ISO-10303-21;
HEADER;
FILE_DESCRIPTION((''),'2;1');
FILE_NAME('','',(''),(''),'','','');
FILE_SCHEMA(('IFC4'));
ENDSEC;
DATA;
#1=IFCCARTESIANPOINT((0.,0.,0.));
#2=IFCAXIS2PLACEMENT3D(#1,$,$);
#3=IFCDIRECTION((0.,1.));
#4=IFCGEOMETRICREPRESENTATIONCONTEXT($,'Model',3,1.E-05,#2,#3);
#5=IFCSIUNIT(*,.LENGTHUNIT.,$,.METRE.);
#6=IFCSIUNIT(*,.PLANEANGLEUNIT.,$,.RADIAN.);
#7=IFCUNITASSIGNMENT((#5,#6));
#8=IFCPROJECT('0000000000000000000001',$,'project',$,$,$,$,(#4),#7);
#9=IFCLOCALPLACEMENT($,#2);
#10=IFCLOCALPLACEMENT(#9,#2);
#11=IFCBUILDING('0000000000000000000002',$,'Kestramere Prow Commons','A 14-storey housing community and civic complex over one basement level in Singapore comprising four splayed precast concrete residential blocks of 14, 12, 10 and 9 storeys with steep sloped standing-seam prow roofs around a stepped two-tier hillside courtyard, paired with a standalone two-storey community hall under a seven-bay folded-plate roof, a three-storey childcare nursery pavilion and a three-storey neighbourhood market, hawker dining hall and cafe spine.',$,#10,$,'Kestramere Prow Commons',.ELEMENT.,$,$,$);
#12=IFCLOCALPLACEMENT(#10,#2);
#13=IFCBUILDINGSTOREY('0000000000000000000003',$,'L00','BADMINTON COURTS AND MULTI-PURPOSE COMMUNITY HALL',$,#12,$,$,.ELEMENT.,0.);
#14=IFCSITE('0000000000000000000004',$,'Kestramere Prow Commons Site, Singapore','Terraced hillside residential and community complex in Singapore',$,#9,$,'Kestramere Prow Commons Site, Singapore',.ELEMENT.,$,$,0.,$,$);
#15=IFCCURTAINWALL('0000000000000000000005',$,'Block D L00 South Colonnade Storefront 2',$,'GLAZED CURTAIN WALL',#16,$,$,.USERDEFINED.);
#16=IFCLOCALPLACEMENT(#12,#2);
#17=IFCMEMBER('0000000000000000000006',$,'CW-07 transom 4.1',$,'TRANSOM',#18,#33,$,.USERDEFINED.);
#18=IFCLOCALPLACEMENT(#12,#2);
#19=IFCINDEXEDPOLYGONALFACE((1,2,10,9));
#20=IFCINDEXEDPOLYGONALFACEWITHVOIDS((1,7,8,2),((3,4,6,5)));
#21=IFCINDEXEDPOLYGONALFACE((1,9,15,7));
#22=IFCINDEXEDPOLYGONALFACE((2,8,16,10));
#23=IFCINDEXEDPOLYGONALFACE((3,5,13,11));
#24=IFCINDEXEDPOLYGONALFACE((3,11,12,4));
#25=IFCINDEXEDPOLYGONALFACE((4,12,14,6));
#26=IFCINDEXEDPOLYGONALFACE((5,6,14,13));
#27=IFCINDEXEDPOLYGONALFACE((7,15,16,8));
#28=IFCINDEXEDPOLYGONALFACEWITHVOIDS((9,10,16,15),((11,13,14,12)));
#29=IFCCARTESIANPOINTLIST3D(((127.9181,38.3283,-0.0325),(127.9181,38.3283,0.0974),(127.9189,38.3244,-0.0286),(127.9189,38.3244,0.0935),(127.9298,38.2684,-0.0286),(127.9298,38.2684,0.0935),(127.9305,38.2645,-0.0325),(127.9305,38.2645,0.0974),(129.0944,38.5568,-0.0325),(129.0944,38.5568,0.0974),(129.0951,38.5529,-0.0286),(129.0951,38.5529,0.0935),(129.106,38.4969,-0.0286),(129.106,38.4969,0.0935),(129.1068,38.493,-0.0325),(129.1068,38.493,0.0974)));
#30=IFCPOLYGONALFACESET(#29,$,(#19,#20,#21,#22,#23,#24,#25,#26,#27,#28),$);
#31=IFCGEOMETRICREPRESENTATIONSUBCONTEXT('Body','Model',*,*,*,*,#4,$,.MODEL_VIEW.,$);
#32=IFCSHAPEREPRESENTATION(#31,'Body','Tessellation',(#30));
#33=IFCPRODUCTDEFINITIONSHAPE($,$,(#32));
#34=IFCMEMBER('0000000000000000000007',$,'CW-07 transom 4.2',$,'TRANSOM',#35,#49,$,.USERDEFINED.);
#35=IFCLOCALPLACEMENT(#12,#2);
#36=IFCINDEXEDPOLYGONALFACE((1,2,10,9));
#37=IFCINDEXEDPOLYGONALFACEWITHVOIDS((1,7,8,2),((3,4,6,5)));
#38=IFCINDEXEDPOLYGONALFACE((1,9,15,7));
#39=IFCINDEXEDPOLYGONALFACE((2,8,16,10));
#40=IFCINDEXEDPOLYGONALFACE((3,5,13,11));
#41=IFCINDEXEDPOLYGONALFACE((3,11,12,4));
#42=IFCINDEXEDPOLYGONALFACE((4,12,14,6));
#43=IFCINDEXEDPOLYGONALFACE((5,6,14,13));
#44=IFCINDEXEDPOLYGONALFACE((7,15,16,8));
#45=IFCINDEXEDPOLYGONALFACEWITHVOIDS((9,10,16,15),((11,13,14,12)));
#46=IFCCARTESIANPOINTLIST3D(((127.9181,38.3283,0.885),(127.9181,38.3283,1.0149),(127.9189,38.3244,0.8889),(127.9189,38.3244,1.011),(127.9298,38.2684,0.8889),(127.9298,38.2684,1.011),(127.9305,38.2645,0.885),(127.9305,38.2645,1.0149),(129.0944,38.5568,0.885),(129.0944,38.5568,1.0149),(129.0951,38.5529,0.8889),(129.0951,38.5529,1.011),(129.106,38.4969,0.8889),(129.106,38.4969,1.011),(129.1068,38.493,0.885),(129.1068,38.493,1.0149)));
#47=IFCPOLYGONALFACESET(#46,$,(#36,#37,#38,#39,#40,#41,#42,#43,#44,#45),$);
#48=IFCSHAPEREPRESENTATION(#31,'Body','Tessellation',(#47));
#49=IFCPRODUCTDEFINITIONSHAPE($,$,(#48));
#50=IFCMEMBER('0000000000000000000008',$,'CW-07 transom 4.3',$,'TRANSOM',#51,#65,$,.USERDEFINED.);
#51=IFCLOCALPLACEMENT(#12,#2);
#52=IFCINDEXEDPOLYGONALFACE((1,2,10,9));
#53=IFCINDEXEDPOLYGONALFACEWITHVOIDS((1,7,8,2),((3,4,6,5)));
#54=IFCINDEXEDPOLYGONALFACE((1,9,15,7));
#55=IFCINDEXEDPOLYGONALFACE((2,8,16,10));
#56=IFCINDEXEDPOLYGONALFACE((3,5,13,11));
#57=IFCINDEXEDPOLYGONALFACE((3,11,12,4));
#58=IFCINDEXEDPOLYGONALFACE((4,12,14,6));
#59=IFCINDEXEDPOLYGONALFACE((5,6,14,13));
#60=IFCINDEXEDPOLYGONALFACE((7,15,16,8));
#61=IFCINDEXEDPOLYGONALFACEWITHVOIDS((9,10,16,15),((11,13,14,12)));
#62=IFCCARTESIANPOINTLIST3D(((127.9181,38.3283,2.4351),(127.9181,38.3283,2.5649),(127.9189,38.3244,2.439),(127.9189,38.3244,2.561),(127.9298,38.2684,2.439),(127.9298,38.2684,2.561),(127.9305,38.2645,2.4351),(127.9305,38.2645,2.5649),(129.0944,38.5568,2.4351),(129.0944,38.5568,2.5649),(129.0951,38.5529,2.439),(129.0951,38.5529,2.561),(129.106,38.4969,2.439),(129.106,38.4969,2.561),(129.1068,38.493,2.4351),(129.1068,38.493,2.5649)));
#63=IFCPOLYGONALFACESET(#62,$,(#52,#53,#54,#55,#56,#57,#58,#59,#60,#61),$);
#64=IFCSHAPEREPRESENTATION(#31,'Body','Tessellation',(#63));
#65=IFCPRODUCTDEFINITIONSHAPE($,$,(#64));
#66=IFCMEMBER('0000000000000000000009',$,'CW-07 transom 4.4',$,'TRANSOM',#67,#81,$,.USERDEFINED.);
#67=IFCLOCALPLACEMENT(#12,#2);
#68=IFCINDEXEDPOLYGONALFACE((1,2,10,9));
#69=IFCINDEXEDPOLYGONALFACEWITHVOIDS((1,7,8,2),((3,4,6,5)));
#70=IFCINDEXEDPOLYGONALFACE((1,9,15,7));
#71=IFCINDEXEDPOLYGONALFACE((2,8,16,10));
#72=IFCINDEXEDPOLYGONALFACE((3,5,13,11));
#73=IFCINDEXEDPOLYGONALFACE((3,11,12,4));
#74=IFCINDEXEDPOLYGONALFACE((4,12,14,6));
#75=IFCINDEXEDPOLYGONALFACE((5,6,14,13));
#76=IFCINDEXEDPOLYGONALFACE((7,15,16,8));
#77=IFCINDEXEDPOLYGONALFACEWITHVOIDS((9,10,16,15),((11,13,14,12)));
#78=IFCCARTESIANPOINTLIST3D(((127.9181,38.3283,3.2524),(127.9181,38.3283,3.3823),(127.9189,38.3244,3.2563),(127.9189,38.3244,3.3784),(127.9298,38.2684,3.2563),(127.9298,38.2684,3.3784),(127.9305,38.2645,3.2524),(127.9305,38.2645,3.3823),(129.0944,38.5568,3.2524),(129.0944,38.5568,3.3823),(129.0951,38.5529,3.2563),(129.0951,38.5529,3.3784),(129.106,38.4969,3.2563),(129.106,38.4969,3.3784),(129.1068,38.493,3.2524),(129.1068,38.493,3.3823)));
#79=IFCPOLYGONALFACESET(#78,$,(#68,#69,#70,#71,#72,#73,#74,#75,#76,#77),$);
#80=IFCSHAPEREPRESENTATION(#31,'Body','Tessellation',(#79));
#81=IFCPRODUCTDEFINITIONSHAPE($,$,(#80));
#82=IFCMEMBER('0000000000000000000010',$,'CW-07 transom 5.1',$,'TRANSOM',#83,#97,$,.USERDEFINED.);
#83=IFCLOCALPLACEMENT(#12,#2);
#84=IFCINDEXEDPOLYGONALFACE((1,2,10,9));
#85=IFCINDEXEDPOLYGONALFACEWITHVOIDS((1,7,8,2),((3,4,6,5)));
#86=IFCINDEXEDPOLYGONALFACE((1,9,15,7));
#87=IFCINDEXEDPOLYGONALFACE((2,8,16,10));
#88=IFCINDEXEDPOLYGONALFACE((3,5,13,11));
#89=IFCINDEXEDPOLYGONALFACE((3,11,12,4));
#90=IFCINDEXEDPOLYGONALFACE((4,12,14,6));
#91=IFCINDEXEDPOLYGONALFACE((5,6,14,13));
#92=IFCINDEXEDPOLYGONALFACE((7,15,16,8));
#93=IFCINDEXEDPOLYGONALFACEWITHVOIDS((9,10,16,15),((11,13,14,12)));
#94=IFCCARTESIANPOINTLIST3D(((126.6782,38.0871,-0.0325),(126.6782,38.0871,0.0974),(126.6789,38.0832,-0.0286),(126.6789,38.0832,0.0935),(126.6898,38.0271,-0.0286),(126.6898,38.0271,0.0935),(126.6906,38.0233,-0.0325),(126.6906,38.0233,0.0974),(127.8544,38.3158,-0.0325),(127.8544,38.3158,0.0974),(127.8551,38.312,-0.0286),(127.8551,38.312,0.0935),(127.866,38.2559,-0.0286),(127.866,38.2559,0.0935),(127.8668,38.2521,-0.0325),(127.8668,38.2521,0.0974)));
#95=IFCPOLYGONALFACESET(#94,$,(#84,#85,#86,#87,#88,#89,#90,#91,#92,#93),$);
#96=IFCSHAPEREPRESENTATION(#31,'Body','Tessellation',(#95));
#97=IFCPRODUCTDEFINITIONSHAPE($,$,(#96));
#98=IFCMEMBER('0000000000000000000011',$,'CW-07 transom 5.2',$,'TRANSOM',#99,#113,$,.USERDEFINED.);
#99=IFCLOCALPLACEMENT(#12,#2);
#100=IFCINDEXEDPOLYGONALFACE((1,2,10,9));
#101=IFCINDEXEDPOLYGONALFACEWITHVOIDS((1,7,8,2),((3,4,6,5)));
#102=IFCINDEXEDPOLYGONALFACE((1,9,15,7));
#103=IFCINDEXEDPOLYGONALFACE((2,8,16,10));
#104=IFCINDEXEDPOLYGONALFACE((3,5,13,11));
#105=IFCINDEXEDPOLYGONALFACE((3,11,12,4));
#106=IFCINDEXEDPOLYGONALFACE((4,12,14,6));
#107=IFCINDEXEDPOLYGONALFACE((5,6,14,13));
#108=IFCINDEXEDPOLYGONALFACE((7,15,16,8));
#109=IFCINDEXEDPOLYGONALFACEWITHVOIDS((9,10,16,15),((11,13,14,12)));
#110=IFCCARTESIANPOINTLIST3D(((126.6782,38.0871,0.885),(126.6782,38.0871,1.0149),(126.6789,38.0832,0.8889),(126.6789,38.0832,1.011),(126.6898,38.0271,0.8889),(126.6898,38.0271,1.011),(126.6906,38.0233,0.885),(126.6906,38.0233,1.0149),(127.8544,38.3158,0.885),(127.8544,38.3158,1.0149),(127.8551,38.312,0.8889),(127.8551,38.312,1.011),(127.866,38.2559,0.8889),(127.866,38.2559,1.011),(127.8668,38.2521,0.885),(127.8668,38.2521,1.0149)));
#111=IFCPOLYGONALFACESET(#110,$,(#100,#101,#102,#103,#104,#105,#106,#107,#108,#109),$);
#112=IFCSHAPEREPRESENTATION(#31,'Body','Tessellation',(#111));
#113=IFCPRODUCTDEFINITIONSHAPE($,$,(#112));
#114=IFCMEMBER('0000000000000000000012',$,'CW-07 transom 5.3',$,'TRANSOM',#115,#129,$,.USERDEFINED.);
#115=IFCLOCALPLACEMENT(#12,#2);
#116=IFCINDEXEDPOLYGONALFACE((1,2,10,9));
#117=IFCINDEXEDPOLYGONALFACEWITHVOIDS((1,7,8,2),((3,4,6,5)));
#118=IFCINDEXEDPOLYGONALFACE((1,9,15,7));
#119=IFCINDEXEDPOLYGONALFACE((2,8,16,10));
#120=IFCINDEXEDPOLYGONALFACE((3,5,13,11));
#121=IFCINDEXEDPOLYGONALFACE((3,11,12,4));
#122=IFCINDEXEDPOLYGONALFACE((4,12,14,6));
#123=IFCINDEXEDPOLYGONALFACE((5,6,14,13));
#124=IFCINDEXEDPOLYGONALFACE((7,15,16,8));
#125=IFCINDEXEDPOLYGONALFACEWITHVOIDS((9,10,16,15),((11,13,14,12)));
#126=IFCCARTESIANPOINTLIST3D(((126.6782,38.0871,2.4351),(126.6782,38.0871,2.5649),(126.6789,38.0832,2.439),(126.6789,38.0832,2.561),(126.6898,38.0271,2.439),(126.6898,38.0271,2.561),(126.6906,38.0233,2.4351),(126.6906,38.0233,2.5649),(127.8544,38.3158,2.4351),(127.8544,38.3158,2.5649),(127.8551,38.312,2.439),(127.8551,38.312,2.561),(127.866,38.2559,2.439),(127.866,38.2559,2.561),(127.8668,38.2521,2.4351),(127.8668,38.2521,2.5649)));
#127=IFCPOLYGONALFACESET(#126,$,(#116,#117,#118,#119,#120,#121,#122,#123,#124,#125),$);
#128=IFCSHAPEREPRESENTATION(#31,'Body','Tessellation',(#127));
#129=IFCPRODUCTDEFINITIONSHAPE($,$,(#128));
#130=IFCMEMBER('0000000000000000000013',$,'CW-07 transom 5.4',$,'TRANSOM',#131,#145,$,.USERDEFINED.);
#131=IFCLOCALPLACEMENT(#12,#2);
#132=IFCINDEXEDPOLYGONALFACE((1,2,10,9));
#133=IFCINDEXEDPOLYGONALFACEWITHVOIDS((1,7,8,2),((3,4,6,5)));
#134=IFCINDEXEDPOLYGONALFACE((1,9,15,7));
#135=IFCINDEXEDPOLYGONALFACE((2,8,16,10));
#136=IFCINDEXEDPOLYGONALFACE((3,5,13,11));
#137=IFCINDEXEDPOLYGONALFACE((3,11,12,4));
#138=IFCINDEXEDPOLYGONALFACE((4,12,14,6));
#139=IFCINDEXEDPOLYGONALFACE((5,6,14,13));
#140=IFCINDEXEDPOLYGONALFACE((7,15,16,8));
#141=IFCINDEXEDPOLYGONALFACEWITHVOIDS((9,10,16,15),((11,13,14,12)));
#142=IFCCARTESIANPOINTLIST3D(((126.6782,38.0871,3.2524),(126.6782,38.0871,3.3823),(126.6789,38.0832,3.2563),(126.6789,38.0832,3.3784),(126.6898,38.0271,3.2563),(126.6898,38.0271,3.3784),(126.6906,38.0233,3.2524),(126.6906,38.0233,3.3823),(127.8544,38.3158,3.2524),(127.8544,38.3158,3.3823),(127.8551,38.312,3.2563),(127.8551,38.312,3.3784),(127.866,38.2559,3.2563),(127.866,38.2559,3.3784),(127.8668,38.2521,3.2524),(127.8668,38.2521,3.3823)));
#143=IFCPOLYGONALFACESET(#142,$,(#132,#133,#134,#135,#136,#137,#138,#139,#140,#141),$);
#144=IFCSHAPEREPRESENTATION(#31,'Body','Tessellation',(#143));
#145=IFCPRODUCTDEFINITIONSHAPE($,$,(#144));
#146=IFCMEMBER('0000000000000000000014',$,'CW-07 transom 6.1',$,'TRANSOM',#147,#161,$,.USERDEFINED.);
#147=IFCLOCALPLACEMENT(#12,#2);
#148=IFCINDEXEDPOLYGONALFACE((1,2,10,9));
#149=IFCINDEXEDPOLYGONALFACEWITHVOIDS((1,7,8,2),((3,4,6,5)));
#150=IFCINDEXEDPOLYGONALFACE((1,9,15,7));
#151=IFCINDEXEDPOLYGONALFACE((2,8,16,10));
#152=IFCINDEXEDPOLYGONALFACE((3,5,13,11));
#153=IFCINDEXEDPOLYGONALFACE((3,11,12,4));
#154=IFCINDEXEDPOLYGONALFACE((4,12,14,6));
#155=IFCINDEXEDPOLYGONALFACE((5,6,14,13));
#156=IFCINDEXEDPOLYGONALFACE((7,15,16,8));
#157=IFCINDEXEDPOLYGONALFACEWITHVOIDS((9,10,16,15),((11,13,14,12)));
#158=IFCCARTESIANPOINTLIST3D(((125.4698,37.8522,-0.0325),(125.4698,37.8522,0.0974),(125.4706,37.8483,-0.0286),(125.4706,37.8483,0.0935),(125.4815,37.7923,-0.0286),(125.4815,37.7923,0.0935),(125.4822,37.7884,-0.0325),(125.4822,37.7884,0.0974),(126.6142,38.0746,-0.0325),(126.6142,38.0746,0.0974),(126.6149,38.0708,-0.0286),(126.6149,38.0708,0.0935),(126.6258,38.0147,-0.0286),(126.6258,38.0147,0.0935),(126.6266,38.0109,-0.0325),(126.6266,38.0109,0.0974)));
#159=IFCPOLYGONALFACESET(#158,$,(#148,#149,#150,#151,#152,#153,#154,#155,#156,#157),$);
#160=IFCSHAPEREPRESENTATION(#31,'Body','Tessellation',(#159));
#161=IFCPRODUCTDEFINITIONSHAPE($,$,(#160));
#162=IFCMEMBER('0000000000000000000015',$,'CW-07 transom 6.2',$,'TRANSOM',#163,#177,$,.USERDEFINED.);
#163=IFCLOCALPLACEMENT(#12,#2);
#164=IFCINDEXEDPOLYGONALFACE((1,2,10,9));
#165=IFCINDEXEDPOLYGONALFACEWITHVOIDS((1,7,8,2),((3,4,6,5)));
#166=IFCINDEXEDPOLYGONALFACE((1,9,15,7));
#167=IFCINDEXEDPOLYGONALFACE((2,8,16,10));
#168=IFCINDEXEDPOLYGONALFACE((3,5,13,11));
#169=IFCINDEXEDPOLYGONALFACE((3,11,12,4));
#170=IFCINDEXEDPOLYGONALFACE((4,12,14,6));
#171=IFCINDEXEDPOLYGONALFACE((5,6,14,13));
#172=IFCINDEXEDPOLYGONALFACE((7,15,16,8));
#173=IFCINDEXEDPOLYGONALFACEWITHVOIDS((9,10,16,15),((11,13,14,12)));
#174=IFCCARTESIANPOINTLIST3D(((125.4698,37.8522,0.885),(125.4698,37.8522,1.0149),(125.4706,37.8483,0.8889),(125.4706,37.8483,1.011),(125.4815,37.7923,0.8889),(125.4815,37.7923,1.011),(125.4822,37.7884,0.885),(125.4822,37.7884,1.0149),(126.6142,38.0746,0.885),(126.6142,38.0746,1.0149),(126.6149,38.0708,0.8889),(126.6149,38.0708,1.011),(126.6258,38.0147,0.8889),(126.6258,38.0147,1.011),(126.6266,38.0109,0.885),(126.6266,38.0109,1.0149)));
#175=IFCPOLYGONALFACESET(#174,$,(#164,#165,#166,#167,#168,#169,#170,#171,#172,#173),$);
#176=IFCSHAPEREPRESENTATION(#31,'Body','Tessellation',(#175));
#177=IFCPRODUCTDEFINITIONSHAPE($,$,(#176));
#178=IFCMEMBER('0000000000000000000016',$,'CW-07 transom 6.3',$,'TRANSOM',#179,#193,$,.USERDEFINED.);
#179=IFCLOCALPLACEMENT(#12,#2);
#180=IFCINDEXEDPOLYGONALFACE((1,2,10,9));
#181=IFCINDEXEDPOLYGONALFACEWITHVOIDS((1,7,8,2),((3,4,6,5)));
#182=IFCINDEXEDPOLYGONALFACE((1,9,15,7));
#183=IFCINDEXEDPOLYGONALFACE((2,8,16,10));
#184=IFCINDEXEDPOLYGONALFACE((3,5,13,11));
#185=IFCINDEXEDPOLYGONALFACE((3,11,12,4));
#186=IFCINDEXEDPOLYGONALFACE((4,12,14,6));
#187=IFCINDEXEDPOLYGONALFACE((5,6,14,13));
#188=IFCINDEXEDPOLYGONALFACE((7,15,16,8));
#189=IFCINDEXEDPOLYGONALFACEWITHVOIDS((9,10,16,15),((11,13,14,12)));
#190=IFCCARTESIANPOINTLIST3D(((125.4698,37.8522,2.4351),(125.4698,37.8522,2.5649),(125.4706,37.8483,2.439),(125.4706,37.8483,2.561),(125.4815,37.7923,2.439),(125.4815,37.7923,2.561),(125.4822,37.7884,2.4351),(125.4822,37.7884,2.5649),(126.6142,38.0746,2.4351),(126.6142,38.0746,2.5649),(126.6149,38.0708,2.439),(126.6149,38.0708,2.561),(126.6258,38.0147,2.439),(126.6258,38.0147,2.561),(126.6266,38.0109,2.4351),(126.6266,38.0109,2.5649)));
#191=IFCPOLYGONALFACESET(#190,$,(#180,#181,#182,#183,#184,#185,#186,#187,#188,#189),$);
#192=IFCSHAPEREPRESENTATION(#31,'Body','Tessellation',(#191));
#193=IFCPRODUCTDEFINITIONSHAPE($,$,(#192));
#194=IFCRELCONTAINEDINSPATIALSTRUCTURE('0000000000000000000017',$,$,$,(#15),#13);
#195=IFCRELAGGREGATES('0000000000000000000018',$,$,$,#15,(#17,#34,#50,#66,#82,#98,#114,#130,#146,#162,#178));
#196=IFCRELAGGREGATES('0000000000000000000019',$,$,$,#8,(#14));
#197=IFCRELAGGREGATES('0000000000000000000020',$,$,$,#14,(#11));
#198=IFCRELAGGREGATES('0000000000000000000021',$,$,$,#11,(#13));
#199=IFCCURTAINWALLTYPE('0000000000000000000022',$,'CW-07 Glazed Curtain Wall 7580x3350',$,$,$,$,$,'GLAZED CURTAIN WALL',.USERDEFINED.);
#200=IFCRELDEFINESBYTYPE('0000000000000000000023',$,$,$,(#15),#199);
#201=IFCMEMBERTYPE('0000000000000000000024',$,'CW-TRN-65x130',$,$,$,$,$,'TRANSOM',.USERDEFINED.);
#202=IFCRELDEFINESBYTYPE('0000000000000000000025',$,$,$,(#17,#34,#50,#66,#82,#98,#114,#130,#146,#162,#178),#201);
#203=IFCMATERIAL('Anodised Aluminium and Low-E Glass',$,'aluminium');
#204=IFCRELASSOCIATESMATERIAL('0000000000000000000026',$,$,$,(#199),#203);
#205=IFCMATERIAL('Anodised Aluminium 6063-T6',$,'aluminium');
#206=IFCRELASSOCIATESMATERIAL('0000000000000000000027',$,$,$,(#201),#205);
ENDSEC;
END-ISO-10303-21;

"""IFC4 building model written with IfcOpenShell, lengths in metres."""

from ifc_helpers import new_model, si_unit, direction, frame, origin, origin_2d, place, context, subcontext, project, spatial, hollow_rectangle, extrude, material, material_profile, profile_set, type_object, element, aggregate, save


model = new_model("IFC4")

# Units and contexts
model_context = context("Model", 3, precision=1e-05, world=origin(), true_north=direction((0.0, 1.0)))
body_context = subcontext(model_context, "Body", "Model", "MODEL_VIEW")
ifc_project = project(units=[si_unit("LENGTHUNIT", "METRE"), si_unit("PLANEANGLEUNIT", "RADIAN")], contexts=[model_context])

# Site, building, storey
site_placement = place(None, origin())
site = spatial("IfcSite", under=ifc_project, at=site_placement, Name="Kestramere Prow Commons Site, Singapore", Description="Terraced hillside residential and community complex in Singapore", LongName="Kestramere Prow Commons Site, Singapore", CompositionType="ELEMENT", RefElevation=0.0)
building_placement = place(site_placement, origin())
building = spatial("IfcBuilding", under=site, at=building_placement, Name="Kestramere Prow Commons", Description="A 14-storey housing community and civic complex over one basement level in Singapore comprising four splayed precast concrete residential blocks of 14, 12, 10 and 9 storeys with steep sloped standing-seam prow roofs around a stepped two-tier hillside courtyard, paired with a standalone two-storey community hall under a seven-bay folded-plate roof, a three-storey childcare nursery pavilion and a three-storey neighbourhood market, hawker dining hall and cafe spine.", LongName="Kestramere Prow Commons", CompositionType="ELEMENT")
storey_placement = place(building_placement, origin())
storey = spatial("IfcBuildingStorey", under=building, at=storey_placement, Name="L00", Description="BADMINTON COURTS AND MULTI-PURPOSE COMMUNITY HALL", CompositionType="ELEMENT", Elevation=0.0)

# Curtain wall, members
ifc_material_1 = material(Name="Anodised Aluminium and Low-E Glass", Category="aluminium")
curtain_wall_type = type_object("IfcCurtainWallType", Name="CW-07 Glazed Curtain Wall 7580x3350", ElementType="GLAZED CURTAIN WALL", PredefinedType="USERDEFINED", material=ifc_material_1)
curtain_wall_placement = place(storey_placement, origin())
curtain_wall = element("IfcCurtainWall", 1, at=curtain_wall_placement, inside=storey, type_object=curtain_wall_type, Name="Block D L00 South Colonnade Storefront 2", ObjectType="GLAZED CURTAIN WALL", PredefinedType="USERDEFINED")
ifc_material_2 = material(Name="Anodised Aluminium 6063-T6", Category="aluminium")
ifc_material_profile_1 = material_profile(ifc_material_2, hollow_rectangle(XDim=0.0649, YDim=0.1299, WallThickness=0.0039, at=origin_2d()), Name="ALU-TRN 65x130")
ifc_profile_set_1 = profile_set([ifc_material_profile_1], Name="Anodised Aluminium 6063-T6")
member_type_1 = type_object("IfcMemberType", Name="CW-TRN-65x130", ElementType="TRANSOM", PredefinedType="USERDEFINED", material=ifc_profile_set_1)
member_1_placement = place(storey_placement, frame((129.1006, 38.5249, 0.0325), z_axis=(-0.981647, -0.190706, 0.0), x_axis=(0.190706, -0.981647, 0.0)))
member_1 = element("IfcMember", 2, at=member_1_placement, type_object=member_type_1, Name="CW-07 transom 4.1", ObjectType="TRANSOM", PredefinedType="USERDEFINED", context=body_context, shape_type="SweptSolid", body=[
    extrude(hollow_rectangle(XDim=0.0649, YDim=0.1299, WallThickness=0.0039, at=origin_2d()), origin(), (0.0, 0.0, 1.0), 1.1982),
])
member_2_placement = place(storey_placement, frame((129.1006, 38.5249, 0.95), z_axis=(-0.981647, -0.190706, 0.0), x_axis=(0.190706, -0.981647, 0.0)))
member_2 = element("IfcMember", 3, at=member_2_placement, type_object=member_type_1, Name="CW-07 transom 4.2", ObjectType="TRANSOM", PredefinedType="USERDEFINED", context=body_context, shape_type="SweptSolid", body=[
    extrude(hollow_rectangle(XDim=0.0649, YDim=0.1299, WallThickness=0.0039, at=origin_2d()), origin(), (0.0, 0.0, 1.0), 1.1982),
])
member_3_placement = place(storey_placement, frame((129.1006, 38.5249, 2.5), z_axis=(-0.981647, -0.190706, 0.0), x_axis=(0.190706, -0.981647, 0.0)))
member_3 = element("IfcMember", 4, at=member_3_placement, type_object=member_type_1, Name="CW-07 transom 4.3", ObjectType="TRANSOM", PredefinedType="USERDEFINED", context=body_context, shape_type="SweptSolid", body=[
    extrude(hollow_rectangle(XDim=0.0649, YDim=0.1299, WallThickness=0.0039, at=origin_2d()), origin(), (0.0, 0.0, 1.0), 1.1982),
])
member_4_placement = place(storey_placement, frame((129.1006, 38.5249, 3.3174), z_axis=(-0.981647, -0.190706, 0.0), x_axis=(0.190706, -0.981647, 0.0)))
member_4 = element("IfcMember", 5, at=member_4_placement, type_object=member_type_1, Name="CW-07 transom 4.4", ObjectType="TRANSOM", PredefinedType="USERDEFINED", context=body_context, shape_type="SweptSolid", body=[
    extrude(hollow_rectangle(XDim=0.0649, YDim=0.1299, WallThickness=0.0039, at=origin_2d()), origin(), (0.0, 0.0, 1.0), 1.1982),
])
member_5_placement = place(storey_placement, frame((127.8606, 38.2839, 0.0325), z_axis=(-0.981609, -0.190902, 0.0), x_axis=(0.190902, -0.981609, 0.0)))
member_5 = element("IfcMember", 6, at=member_5_placement, type_object=member_type_1, Name="CW-07 transom 5.1", ObjectType="TRANSOM", PredefinedType="USERDEFINED", context=body_context, shape_type="SweptSolid", body=[
    extrude(hollow_rectangle(XDim=0.0649, YDim=0.1299, WallThickness=0.0039, at=origin_2d()), origin(), (0.0, 0.0, 1.0), 1.1982),
])
member_6_placement = place(storey_placement, frame((127.8606, 38.2839, 0.95), z_axis=(-0.981609, -0.190902, 0.0), x_axis=(0.190902, -0.981609, 0.0)))
member_6 = element("IfcMember", 7, at=member_6_placement, type_object=member_type_1, Name="CW-07 transom 5.2", ObjectType="TRANSOM", PredefinedType="USERDEFINED", context=body_context, shape_type="SweptSolid", body=[
    extrude(hollow_rectangle(XDim=0.0649, YDim=0.1299, WallThickness=0.0039, at=origin_2d()), origin(), (0.0, 0.0, 1.0), 1.1982),
])
member_7_placement = place(storey_placement, frame((127.8606, 38.2839, 2.5), z_axis=(-0.981609, -0.190902, 0.0), x_axis=(0.190902, -0.981609, 0.0)))
member_7 = element("IfcMember", 8, at=member_7_placement, type_object=member_type_1, Name="CW-07 transom 5.3", ObjectType="TRANSOM", PredefinedType="USERDEFINED", context=body_context, shape_type="SweptSolid", body=[
    extrude(hollow_rectangle(XDim=0.0649, YDim=0.1299, WallThickness=0.0039, at=origin_2d()), origin(), (0.0, 0.0, 1.0), 1.1982),
])
member_8_placement = place(storey_placement, frame((127.8606, 38.2839, 3.3174), z_axis=(-0.981609, -0.190902, 0.0), x_axis=(0.190902, -0.981609, 0.0)))
member_8 = element("IfcMember", 9, at=member_8_placement, type_object=member_type_1, Name="CW-07 transom 5.4", ObjectType="TRANSOM", PredefinedType="USERDEFINED", context=body_context, shape_type="SweptSolid", body=[
    extrude(hollow_rectangle(XDim=0.0649, YDim=0.1299, WallThickness=0.0039, at=origin_2d()), origin(), (0.0, 0.0, 1.0), 1.1982),
])
member_9_placement = place(storey_placement, frame((126.6204, 38.0427, 0.0325), z_axis=(-0.98163, -0.190797, 0.0), x_axis=(0.190797, -0.98163, 0.0)))
member_9 = element("IfcMember", 10, at=member_9_placement, type_object=member_type_1, Name="CW-07 transom 6.1", ObjectType="TRANSOM", PredefinedType="USERDEFINED", context=body_context, shape_type="SweptSolid", body=[
    extrude(hollow_rectangle(XDim=0.0649, YDim=0.1299, WallThickness=0.0039, at=origin_2d()), origin(), (0.0, 0.0, 1.0), 1.1658),
])
member_10_placement = place(storey_placement, frame((126.6204, 38.0427, 0.95), z_axis=(-0.98163, -0.190797, 0.0), x_axis=(0.190797, -0.98163, 0.0)))
member_10 = element("IfcMember", 11, at=member_10_placement, type_object=member_type_1, Name="CW-07 transom 6.2", ObjectType="TRANSOM", PredefinedType="USERDEFINED", context=body_context, shape_type="SweptSolid", body=[
    extrude(hollow_rectangle(XDim=0.0649, YDim=0.1299, WallThickness=0.0039, at=origin_2d()), origin(), (0.0, 0.0, 1.0), 1.1658),
])
member_11_placement = place(storey_placement, frame((126.6204, 38.0427, 2.5), z_axis=(-0.98163, -0.190797, 0.0), x_axis=(0.190797, -0.98163, 0.0)))
member_11 = element("IfcMember", 12, at=member_11_placement, type_object=member_type_1, Name="CW-07 transom 6.3", ObjectType="TRANSOM", PredefinedType="USERDEFINED", context=body_context, shape_type="SweptSolid", body=[
    extrude(hollow_rectangle(XDim=0.0649, YDim=0.1299, WallThickness=0.0039, at=origin_2d()), origin(), (0.0, 0.0, 1.0), 1.1658),
])
aggregate(curtain_wall, [member_1, member_2, member_3, member_4, member_5, member_6, member_7, member_8, member_9, member_10, member_11])

save(model, "model.ifc")
